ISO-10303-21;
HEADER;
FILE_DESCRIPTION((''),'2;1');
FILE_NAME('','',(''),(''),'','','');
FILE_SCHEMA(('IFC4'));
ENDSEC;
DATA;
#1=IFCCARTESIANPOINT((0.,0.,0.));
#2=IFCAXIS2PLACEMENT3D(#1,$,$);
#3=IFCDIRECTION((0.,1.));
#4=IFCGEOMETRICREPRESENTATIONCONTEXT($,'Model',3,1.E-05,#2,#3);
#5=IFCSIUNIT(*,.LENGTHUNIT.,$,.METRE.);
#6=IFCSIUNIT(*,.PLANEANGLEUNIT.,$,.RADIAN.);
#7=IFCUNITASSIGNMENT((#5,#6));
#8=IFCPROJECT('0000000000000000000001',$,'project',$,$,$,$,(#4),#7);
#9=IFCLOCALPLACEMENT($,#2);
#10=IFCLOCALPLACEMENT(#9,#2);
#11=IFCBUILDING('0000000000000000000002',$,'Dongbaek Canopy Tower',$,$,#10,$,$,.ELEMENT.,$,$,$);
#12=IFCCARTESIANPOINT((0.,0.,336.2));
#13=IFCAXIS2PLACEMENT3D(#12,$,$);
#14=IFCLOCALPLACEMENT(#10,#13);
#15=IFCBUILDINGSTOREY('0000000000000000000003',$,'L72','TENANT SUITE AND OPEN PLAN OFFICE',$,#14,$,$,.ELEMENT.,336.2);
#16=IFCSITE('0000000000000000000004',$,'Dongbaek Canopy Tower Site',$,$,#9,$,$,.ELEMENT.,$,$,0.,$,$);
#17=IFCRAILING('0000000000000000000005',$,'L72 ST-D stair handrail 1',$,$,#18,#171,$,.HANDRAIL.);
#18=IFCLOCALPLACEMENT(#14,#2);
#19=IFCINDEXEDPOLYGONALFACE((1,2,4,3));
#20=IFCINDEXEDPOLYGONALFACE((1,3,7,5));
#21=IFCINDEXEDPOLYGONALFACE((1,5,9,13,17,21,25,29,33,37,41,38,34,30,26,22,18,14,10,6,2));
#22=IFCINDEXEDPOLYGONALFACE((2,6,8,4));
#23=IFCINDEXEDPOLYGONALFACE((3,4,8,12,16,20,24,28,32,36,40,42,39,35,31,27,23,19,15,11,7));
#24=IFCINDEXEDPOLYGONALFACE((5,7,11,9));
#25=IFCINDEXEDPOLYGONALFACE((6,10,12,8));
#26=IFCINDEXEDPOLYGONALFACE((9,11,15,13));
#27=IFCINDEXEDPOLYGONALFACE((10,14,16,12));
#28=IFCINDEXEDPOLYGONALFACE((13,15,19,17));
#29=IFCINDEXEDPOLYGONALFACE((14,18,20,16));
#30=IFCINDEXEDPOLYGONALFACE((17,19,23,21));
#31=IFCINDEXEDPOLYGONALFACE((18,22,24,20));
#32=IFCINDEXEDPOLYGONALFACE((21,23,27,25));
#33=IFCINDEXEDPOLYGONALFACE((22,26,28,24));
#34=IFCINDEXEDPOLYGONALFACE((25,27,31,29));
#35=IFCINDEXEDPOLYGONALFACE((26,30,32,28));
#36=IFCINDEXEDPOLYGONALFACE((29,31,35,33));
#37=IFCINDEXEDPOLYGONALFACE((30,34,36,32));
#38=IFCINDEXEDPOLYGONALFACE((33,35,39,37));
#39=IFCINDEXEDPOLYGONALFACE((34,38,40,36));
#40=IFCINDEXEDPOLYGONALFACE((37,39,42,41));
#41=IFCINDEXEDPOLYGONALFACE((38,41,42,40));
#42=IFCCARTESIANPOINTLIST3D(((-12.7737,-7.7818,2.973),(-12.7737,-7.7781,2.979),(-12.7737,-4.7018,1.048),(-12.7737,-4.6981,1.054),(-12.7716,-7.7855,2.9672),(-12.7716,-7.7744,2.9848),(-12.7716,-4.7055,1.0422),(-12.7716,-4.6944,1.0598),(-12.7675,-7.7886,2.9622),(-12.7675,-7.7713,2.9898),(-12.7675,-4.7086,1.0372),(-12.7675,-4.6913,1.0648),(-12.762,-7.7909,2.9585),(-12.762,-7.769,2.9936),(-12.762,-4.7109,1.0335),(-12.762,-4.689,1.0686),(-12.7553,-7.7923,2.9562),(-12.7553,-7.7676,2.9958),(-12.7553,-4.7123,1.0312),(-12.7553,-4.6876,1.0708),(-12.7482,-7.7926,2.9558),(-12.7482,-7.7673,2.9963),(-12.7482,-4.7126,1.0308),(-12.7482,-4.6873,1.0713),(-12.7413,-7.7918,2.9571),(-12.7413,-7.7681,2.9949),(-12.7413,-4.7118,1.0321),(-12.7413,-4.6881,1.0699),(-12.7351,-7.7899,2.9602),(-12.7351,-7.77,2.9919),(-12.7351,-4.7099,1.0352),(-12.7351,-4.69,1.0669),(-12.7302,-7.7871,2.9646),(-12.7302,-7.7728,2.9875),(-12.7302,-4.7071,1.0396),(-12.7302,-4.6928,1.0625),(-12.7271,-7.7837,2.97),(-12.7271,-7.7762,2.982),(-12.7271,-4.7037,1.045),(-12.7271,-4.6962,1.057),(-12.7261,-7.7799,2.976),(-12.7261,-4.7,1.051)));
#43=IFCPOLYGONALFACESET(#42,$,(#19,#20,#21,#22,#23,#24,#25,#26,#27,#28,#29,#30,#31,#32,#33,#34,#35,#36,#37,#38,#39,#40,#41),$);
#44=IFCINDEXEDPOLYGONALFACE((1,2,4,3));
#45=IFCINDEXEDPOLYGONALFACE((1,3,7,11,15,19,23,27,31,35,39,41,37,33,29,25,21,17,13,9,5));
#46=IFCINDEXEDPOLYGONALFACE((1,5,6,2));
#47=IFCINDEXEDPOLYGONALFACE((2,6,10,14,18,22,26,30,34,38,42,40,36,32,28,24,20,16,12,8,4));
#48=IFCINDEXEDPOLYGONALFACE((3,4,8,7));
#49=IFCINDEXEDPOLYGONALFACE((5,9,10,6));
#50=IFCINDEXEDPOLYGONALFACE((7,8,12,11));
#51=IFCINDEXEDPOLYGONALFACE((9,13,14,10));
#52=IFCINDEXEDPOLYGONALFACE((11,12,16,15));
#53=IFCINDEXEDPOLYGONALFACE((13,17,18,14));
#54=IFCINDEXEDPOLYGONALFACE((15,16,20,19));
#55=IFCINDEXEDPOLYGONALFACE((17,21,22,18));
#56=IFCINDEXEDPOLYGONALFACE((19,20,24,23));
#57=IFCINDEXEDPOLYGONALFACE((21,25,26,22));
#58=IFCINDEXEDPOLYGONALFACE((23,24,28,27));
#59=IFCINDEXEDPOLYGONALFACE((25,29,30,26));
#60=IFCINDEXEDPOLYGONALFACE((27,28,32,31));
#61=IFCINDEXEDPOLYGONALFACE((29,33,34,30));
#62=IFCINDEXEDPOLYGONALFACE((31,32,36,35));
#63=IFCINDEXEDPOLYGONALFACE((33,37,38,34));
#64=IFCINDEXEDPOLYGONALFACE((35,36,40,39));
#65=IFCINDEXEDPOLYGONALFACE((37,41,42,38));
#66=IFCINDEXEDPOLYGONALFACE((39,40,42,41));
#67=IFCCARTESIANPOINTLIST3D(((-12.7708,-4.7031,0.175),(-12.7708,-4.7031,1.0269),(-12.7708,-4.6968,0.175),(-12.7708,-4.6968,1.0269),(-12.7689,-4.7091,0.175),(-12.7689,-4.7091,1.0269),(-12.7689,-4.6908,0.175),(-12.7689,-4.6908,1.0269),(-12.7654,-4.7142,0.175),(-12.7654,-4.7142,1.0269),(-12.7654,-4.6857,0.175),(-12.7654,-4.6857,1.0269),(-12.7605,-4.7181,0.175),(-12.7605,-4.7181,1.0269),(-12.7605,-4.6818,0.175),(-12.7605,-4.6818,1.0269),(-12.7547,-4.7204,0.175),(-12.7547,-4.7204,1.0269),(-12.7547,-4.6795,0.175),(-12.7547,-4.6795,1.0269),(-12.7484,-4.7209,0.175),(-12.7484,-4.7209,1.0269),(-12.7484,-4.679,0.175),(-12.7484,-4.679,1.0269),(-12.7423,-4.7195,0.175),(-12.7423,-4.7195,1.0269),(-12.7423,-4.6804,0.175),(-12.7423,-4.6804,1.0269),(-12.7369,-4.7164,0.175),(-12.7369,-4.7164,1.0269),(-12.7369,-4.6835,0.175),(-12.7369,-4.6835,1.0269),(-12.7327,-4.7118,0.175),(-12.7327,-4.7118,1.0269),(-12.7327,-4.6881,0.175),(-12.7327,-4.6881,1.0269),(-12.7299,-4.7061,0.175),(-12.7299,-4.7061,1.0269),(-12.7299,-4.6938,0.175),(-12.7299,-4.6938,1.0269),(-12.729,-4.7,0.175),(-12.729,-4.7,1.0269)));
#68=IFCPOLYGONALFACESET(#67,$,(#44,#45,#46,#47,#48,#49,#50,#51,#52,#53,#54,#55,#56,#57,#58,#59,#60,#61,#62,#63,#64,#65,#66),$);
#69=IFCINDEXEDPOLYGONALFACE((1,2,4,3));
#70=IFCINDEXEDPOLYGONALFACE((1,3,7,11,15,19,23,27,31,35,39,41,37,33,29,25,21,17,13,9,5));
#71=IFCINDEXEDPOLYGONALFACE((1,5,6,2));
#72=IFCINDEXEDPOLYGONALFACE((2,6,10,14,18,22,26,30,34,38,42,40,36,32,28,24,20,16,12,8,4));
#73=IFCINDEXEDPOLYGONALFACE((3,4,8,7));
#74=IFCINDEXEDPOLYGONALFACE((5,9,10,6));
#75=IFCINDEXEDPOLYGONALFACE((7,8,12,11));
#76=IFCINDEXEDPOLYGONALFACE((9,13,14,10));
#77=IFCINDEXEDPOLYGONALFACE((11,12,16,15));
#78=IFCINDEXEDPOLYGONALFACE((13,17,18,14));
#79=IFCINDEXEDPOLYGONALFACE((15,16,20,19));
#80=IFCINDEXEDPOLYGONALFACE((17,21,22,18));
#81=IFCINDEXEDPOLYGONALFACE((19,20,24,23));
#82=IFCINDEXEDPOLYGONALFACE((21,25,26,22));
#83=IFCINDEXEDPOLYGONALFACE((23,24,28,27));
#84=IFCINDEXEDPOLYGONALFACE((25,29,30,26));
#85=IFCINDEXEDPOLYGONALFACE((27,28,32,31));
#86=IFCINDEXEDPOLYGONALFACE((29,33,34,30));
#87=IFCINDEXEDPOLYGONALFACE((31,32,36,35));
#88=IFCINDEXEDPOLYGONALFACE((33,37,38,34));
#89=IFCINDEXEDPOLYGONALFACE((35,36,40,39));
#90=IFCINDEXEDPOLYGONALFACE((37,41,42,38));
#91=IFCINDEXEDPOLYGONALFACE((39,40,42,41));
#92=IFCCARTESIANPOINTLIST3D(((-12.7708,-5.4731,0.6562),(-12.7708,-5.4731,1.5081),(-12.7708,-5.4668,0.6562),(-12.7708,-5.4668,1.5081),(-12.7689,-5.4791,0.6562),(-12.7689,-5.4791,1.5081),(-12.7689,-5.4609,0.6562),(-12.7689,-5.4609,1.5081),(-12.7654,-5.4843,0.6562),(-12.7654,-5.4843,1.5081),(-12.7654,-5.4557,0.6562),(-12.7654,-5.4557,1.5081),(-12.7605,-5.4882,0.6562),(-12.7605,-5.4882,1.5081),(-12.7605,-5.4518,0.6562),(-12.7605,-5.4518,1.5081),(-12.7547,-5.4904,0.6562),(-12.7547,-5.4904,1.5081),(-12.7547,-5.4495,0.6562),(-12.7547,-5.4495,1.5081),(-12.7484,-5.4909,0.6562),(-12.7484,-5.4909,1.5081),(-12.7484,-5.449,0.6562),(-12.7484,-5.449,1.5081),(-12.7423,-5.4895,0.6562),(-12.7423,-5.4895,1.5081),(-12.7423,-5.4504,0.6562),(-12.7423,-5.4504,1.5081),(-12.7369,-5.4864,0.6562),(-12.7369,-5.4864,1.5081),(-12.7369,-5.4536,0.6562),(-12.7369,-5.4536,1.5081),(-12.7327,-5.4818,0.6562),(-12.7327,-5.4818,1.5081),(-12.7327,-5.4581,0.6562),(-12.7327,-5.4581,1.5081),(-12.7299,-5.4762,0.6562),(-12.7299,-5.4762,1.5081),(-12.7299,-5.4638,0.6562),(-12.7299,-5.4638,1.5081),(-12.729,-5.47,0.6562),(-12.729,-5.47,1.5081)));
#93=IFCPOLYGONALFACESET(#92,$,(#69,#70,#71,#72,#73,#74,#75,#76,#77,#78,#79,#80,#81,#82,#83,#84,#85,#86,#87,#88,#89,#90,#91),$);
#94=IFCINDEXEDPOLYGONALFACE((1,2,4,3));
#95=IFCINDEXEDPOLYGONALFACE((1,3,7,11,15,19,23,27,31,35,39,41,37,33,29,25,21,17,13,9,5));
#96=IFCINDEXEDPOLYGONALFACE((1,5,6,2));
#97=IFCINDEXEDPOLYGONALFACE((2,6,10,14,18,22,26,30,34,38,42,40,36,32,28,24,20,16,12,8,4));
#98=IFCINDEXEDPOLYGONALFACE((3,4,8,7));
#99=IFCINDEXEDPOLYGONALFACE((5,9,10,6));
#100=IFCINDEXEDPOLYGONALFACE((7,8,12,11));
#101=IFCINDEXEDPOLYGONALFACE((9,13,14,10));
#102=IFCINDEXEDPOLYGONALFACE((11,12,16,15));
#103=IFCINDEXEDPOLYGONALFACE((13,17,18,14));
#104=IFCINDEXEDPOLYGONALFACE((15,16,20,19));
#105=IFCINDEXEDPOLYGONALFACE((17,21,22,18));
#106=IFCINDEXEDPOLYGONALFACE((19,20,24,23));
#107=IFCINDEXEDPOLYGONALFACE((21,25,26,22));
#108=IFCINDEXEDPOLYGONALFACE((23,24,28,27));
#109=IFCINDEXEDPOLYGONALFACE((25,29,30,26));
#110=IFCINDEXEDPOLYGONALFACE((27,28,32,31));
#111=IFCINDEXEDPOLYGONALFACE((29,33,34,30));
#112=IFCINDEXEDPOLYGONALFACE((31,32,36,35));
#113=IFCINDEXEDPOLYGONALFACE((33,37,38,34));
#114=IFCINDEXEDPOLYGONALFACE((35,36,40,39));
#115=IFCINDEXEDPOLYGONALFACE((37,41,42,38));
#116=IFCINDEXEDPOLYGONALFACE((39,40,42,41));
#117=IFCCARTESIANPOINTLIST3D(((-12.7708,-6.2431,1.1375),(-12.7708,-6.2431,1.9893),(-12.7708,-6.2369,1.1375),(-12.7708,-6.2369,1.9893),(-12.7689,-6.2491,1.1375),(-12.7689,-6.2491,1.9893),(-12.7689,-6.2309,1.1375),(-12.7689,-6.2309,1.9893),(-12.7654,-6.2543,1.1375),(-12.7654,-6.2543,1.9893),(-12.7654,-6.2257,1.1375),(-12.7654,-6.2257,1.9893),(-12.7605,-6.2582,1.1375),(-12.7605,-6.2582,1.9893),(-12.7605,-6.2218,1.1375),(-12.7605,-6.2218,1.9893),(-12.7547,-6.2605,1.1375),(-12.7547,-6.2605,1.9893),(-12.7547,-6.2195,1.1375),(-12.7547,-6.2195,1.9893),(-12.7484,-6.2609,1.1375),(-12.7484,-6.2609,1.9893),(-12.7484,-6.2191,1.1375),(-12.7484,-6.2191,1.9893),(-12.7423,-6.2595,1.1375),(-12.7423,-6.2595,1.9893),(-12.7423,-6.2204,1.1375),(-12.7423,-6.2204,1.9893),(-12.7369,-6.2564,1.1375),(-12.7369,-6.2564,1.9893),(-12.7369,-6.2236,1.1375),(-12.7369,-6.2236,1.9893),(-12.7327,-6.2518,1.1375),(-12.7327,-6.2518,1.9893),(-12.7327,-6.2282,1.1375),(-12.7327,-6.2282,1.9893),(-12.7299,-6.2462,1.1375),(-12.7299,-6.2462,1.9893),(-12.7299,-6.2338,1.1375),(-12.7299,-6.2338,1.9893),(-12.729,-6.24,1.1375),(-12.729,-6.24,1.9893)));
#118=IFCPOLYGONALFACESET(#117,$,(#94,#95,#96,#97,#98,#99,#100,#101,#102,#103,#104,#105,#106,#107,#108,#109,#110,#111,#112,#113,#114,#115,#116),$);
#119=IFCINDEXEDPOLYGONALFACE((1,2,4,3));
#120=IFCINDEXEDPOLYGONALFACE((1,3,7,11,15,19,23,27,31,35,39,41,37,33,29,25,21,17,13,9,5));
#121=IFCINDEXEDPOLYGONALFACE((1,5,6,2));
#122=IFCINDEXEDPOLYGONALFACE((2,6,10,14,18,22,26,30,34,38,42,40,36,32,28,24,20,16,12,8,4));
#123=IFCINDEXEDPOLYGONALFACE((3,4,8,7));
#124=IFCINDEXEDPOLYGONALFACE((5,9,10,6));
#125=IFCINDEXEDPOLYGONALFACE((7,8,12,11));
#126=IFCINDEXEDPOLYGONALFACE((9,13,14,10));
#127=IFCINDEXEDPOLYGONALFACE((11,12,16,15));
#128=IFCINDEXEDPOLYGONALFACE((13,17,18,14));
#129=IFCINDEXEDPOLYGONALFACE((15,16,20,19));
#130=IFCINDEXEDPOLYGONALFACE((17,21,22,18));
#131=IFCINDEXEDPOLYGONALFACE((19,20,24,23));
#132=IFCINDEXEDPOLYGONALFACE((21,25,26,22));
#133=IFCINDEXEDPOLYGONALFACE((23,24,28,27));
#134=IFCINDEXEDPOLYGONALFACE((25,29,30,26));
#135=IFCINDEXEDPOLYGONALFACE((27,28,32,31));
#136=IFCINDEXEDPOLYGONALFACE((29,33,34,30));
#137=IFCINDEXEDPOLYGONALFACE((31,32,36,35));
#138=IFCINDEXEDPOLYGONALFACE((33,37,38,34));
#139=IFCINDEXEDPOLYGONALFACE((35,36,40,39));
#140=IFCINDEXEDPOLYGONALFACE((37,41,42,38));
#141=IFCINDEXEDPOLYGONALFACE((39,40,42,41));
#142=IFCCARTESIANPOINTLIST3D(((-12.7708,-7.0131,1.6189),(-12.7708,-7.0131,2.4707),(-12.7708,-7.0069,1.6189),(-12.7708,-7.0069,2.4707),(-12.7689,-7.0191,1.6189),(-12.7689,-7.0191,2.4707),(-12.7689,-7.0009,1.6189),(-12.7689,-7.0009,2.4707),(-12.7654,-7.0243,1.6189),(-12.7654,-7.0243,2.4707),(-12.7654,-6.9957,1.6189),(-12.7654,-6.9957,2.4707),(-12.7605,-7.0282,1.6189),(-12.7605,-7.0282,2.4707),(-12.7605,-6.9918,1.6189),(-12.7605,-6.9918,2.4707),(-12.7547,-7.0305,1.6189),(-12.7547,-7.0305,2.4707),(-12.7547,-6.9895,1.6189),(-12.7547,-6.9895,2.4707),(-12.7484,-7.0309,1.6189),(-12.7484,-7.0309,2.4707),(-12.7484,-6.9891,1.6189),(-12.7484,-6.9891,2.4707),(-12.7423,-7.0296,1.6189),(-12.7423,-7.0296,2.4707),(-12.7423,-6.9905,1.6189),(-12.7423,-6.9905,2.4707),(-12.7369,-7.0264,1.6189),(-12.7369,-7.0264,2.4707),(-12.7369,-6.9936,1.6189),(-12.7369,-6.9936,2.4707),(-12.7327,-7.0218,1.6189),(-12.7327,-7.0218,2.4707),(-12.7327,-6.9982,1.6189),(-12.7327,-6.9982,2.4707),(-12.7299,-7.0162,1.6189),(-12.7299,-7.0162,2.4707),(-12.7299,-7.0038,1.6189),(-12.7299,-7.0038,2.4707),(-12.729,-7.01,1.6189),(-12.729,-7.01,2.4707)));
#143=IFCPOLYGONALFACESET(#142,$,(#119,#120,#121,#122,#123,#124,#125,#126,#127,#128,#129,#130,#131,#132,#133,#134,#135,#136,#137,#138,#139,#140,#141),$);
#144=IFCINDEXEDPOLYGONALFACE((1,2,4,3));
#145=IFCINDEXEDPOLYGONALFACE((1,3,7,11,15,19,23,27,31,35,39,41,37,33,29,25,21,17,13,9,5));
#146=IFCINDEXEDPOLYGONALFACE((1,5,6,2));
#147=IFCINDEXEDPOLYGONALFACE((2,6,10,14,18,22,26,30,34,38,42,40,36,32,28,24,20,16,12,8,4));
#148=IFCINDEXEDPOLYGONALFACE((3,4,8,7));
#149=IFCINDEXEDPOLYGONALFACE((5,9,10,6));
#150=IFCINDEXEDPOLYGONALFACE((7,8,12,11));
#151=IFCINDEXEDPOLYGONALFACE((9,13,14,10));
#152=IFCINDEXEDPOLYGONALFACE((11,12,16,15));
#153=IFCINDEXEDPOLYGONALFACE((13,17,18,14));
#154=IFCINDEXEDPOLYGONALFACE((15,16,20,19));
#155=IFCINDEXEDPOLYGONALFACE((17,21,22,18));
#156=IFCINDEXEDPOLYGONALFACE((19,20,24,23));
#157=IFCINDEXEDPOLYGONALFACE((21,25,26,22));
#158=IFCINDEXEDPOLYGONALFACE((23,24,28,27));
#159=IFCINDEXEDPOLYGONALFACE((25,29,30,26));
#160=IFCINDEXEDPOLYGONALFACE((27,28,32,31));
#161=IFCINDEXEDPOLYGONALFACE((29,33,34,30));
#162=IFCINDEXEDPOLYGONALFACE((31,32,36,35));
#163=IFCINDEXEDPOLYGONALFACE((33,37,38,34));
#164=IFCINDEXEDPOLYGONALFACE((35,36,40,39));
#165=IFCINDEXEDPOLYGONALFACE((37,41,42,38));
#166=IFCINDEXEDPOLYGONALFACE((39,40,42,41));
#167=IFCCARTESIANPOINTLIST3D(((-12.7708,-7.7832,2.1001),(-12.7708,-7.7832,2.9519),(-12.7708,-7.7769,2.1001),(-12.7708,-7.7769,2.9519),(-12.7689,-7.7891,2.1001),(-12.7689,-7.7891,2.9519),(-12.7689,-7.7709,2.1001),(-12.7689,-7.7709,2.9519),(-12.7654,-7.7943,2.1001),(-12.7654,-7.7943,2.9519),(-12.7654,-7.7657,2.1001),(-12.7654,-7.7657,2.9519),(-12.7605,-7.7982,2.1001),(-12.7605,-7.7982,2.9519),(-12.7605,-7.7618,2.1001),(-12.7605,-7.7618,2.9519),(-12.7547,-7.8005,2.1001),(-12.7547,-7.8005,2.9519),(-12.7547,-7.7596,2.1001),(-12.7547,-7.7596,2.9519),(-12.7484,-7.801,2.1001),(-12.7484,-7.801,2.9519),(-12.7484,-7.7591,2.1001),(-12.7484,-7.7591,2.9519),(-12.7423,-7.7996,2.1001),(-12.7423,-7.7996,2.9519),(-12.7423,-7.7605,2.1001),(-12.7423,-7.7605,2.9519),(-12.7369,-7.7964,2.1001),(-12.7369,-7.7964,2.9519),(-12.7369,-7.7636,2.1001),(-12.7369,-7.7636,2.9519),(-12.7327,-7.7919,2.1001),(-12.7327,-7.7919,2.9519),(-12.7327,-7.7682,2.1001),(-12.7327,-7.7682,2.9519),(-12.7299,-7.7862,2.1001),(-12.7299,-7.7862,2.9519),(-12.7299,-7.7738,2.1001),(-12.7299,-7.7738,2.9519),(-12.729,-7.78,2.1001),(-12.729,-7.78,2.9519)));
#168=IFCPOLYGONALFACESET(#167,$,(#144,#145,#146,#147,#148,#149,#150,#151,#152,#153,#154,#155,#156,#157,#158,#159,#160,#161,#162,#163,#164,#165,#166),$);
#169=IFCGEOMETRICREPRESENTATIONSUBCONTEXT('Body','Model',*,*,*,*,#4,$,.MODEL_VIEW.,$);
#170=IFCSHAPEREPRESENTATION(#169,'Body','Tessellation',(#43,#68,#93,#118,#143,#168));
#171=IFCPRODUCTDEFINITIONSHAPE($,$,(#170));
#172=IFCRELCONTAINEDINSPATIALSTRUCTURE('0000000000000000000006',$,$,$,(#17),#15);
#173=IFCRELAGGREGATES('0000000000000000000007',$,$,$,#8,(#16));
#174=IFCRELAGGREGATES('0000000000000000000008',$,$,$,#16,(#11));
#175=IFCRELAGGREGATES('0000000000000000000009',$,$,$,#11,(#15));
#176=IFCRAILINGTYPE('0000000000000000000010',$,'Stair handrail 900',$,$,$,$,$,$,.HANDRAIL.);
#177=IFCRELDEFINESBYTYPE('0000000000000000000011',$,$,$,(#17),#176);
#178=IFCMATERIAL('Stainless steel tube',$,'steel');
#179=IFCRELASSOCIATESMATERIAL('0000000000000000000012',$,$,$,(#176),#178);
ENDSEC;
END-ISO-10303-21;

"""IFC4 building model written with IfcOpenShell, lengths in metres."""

from ifc_helpers import new_model, si_unit, direction, frame, origin, origin_2d, place, context, subcontext, project, spatial, circle, extrude, material, type_object, element, save


model = new_model("IFC4")

# Units and contexts
model_context = context("Model", 3, precision=1e-05, world=origin(), true_north=direction((0.0, 1.0)))
body_context = subcontext(model_context, "Body", "Model", "MODEL_VIEW")
ifc_project = project(units=[si_unit("LENGTHUNIT", "METRE"), si_unit("PLANEANGLEUNIT", "RADIAN")], contexts=[model_context])

# Site, building, storey
site_placement = place(None, origin())
site = spatial("IfcSite", under=ifc_project, at=site_placement, Name="Dongbaek Canopy Tower Site", CompositionType="ELEMENT", RefElevation=0.0)
building_placement = place(site_placement, origin())
building = spatial("IfcBuilding", under=site, at=building_placement, Name="Dongbaek Canopy Tower", CompositionType="ELEMENT")
storey_placement = place(building_placement, frame((0.0, 0.0, 336.2)))
storey = spatial("IfcBuildingStorey", under=building, at=storey_placement, Name="L72", Description="TENANT SUITE AND OPEN PLAN OFFICE", CompositionType="ELEMENT", Elevation=336.2)

# Railing
ifc_material_1 = material(Name="Stainless steel tube", Category="steel")
railing_type_1 = type_object("IfcRailingType", Name="Stair handrail 900", PredefinedType="HANDRAIL", material=ifc_material_1)
railing_1_placement = place(storey_placement, frame((-12.75, -4.7, 0.175)))
element("IfcRailing", 1, at=railing_1_placement, inside=storey, type_object=railing_type_1, Name="L72 ST-D stair handrail 1", PredefinedType="HANDRAIL", context=body_context, shape_type="SweptSolid", body=[
    extrude(circle(Radius=0.0239, at=origin_2d()), frame((0.0, 0.0, 0.876), z_axis=(0.0, -0.847998, 0.529999), x_axis=(1.0, 0.0, 0.0)), (0.0, 0.0, 1.0), 3.6321),
    extrude(circle(Radius=0.021, at=origin_2d()), origin(), (0.0, 0.0, 1.0), 0.8518),
    extrude(circle(Radius=0.021, at=origin_2d()), frame((0.0, -0.77, 0.4812)), (0.0, 0.0, 1.0), 0.8518),
    extrude(circle(Radius=0.021, at=origin_2d()), frame((0.0, -1.54, 0.9624)), (0.0, 0.0, 1.0), 0.8518),
    extrude(circle(Radius=0.021, at=origin_2d()), frame((0.0, -2.3101, 1.4438)), (0.0, 0.0, 1.0), 0.8518),
    extrude(circle(Radius=0.021, at=origin_2d()), frame((0.0, -3.0801, 1.925)), (0.0, 0.0, 1.0), 0.8518),
])

save(model, "model.ifc")
